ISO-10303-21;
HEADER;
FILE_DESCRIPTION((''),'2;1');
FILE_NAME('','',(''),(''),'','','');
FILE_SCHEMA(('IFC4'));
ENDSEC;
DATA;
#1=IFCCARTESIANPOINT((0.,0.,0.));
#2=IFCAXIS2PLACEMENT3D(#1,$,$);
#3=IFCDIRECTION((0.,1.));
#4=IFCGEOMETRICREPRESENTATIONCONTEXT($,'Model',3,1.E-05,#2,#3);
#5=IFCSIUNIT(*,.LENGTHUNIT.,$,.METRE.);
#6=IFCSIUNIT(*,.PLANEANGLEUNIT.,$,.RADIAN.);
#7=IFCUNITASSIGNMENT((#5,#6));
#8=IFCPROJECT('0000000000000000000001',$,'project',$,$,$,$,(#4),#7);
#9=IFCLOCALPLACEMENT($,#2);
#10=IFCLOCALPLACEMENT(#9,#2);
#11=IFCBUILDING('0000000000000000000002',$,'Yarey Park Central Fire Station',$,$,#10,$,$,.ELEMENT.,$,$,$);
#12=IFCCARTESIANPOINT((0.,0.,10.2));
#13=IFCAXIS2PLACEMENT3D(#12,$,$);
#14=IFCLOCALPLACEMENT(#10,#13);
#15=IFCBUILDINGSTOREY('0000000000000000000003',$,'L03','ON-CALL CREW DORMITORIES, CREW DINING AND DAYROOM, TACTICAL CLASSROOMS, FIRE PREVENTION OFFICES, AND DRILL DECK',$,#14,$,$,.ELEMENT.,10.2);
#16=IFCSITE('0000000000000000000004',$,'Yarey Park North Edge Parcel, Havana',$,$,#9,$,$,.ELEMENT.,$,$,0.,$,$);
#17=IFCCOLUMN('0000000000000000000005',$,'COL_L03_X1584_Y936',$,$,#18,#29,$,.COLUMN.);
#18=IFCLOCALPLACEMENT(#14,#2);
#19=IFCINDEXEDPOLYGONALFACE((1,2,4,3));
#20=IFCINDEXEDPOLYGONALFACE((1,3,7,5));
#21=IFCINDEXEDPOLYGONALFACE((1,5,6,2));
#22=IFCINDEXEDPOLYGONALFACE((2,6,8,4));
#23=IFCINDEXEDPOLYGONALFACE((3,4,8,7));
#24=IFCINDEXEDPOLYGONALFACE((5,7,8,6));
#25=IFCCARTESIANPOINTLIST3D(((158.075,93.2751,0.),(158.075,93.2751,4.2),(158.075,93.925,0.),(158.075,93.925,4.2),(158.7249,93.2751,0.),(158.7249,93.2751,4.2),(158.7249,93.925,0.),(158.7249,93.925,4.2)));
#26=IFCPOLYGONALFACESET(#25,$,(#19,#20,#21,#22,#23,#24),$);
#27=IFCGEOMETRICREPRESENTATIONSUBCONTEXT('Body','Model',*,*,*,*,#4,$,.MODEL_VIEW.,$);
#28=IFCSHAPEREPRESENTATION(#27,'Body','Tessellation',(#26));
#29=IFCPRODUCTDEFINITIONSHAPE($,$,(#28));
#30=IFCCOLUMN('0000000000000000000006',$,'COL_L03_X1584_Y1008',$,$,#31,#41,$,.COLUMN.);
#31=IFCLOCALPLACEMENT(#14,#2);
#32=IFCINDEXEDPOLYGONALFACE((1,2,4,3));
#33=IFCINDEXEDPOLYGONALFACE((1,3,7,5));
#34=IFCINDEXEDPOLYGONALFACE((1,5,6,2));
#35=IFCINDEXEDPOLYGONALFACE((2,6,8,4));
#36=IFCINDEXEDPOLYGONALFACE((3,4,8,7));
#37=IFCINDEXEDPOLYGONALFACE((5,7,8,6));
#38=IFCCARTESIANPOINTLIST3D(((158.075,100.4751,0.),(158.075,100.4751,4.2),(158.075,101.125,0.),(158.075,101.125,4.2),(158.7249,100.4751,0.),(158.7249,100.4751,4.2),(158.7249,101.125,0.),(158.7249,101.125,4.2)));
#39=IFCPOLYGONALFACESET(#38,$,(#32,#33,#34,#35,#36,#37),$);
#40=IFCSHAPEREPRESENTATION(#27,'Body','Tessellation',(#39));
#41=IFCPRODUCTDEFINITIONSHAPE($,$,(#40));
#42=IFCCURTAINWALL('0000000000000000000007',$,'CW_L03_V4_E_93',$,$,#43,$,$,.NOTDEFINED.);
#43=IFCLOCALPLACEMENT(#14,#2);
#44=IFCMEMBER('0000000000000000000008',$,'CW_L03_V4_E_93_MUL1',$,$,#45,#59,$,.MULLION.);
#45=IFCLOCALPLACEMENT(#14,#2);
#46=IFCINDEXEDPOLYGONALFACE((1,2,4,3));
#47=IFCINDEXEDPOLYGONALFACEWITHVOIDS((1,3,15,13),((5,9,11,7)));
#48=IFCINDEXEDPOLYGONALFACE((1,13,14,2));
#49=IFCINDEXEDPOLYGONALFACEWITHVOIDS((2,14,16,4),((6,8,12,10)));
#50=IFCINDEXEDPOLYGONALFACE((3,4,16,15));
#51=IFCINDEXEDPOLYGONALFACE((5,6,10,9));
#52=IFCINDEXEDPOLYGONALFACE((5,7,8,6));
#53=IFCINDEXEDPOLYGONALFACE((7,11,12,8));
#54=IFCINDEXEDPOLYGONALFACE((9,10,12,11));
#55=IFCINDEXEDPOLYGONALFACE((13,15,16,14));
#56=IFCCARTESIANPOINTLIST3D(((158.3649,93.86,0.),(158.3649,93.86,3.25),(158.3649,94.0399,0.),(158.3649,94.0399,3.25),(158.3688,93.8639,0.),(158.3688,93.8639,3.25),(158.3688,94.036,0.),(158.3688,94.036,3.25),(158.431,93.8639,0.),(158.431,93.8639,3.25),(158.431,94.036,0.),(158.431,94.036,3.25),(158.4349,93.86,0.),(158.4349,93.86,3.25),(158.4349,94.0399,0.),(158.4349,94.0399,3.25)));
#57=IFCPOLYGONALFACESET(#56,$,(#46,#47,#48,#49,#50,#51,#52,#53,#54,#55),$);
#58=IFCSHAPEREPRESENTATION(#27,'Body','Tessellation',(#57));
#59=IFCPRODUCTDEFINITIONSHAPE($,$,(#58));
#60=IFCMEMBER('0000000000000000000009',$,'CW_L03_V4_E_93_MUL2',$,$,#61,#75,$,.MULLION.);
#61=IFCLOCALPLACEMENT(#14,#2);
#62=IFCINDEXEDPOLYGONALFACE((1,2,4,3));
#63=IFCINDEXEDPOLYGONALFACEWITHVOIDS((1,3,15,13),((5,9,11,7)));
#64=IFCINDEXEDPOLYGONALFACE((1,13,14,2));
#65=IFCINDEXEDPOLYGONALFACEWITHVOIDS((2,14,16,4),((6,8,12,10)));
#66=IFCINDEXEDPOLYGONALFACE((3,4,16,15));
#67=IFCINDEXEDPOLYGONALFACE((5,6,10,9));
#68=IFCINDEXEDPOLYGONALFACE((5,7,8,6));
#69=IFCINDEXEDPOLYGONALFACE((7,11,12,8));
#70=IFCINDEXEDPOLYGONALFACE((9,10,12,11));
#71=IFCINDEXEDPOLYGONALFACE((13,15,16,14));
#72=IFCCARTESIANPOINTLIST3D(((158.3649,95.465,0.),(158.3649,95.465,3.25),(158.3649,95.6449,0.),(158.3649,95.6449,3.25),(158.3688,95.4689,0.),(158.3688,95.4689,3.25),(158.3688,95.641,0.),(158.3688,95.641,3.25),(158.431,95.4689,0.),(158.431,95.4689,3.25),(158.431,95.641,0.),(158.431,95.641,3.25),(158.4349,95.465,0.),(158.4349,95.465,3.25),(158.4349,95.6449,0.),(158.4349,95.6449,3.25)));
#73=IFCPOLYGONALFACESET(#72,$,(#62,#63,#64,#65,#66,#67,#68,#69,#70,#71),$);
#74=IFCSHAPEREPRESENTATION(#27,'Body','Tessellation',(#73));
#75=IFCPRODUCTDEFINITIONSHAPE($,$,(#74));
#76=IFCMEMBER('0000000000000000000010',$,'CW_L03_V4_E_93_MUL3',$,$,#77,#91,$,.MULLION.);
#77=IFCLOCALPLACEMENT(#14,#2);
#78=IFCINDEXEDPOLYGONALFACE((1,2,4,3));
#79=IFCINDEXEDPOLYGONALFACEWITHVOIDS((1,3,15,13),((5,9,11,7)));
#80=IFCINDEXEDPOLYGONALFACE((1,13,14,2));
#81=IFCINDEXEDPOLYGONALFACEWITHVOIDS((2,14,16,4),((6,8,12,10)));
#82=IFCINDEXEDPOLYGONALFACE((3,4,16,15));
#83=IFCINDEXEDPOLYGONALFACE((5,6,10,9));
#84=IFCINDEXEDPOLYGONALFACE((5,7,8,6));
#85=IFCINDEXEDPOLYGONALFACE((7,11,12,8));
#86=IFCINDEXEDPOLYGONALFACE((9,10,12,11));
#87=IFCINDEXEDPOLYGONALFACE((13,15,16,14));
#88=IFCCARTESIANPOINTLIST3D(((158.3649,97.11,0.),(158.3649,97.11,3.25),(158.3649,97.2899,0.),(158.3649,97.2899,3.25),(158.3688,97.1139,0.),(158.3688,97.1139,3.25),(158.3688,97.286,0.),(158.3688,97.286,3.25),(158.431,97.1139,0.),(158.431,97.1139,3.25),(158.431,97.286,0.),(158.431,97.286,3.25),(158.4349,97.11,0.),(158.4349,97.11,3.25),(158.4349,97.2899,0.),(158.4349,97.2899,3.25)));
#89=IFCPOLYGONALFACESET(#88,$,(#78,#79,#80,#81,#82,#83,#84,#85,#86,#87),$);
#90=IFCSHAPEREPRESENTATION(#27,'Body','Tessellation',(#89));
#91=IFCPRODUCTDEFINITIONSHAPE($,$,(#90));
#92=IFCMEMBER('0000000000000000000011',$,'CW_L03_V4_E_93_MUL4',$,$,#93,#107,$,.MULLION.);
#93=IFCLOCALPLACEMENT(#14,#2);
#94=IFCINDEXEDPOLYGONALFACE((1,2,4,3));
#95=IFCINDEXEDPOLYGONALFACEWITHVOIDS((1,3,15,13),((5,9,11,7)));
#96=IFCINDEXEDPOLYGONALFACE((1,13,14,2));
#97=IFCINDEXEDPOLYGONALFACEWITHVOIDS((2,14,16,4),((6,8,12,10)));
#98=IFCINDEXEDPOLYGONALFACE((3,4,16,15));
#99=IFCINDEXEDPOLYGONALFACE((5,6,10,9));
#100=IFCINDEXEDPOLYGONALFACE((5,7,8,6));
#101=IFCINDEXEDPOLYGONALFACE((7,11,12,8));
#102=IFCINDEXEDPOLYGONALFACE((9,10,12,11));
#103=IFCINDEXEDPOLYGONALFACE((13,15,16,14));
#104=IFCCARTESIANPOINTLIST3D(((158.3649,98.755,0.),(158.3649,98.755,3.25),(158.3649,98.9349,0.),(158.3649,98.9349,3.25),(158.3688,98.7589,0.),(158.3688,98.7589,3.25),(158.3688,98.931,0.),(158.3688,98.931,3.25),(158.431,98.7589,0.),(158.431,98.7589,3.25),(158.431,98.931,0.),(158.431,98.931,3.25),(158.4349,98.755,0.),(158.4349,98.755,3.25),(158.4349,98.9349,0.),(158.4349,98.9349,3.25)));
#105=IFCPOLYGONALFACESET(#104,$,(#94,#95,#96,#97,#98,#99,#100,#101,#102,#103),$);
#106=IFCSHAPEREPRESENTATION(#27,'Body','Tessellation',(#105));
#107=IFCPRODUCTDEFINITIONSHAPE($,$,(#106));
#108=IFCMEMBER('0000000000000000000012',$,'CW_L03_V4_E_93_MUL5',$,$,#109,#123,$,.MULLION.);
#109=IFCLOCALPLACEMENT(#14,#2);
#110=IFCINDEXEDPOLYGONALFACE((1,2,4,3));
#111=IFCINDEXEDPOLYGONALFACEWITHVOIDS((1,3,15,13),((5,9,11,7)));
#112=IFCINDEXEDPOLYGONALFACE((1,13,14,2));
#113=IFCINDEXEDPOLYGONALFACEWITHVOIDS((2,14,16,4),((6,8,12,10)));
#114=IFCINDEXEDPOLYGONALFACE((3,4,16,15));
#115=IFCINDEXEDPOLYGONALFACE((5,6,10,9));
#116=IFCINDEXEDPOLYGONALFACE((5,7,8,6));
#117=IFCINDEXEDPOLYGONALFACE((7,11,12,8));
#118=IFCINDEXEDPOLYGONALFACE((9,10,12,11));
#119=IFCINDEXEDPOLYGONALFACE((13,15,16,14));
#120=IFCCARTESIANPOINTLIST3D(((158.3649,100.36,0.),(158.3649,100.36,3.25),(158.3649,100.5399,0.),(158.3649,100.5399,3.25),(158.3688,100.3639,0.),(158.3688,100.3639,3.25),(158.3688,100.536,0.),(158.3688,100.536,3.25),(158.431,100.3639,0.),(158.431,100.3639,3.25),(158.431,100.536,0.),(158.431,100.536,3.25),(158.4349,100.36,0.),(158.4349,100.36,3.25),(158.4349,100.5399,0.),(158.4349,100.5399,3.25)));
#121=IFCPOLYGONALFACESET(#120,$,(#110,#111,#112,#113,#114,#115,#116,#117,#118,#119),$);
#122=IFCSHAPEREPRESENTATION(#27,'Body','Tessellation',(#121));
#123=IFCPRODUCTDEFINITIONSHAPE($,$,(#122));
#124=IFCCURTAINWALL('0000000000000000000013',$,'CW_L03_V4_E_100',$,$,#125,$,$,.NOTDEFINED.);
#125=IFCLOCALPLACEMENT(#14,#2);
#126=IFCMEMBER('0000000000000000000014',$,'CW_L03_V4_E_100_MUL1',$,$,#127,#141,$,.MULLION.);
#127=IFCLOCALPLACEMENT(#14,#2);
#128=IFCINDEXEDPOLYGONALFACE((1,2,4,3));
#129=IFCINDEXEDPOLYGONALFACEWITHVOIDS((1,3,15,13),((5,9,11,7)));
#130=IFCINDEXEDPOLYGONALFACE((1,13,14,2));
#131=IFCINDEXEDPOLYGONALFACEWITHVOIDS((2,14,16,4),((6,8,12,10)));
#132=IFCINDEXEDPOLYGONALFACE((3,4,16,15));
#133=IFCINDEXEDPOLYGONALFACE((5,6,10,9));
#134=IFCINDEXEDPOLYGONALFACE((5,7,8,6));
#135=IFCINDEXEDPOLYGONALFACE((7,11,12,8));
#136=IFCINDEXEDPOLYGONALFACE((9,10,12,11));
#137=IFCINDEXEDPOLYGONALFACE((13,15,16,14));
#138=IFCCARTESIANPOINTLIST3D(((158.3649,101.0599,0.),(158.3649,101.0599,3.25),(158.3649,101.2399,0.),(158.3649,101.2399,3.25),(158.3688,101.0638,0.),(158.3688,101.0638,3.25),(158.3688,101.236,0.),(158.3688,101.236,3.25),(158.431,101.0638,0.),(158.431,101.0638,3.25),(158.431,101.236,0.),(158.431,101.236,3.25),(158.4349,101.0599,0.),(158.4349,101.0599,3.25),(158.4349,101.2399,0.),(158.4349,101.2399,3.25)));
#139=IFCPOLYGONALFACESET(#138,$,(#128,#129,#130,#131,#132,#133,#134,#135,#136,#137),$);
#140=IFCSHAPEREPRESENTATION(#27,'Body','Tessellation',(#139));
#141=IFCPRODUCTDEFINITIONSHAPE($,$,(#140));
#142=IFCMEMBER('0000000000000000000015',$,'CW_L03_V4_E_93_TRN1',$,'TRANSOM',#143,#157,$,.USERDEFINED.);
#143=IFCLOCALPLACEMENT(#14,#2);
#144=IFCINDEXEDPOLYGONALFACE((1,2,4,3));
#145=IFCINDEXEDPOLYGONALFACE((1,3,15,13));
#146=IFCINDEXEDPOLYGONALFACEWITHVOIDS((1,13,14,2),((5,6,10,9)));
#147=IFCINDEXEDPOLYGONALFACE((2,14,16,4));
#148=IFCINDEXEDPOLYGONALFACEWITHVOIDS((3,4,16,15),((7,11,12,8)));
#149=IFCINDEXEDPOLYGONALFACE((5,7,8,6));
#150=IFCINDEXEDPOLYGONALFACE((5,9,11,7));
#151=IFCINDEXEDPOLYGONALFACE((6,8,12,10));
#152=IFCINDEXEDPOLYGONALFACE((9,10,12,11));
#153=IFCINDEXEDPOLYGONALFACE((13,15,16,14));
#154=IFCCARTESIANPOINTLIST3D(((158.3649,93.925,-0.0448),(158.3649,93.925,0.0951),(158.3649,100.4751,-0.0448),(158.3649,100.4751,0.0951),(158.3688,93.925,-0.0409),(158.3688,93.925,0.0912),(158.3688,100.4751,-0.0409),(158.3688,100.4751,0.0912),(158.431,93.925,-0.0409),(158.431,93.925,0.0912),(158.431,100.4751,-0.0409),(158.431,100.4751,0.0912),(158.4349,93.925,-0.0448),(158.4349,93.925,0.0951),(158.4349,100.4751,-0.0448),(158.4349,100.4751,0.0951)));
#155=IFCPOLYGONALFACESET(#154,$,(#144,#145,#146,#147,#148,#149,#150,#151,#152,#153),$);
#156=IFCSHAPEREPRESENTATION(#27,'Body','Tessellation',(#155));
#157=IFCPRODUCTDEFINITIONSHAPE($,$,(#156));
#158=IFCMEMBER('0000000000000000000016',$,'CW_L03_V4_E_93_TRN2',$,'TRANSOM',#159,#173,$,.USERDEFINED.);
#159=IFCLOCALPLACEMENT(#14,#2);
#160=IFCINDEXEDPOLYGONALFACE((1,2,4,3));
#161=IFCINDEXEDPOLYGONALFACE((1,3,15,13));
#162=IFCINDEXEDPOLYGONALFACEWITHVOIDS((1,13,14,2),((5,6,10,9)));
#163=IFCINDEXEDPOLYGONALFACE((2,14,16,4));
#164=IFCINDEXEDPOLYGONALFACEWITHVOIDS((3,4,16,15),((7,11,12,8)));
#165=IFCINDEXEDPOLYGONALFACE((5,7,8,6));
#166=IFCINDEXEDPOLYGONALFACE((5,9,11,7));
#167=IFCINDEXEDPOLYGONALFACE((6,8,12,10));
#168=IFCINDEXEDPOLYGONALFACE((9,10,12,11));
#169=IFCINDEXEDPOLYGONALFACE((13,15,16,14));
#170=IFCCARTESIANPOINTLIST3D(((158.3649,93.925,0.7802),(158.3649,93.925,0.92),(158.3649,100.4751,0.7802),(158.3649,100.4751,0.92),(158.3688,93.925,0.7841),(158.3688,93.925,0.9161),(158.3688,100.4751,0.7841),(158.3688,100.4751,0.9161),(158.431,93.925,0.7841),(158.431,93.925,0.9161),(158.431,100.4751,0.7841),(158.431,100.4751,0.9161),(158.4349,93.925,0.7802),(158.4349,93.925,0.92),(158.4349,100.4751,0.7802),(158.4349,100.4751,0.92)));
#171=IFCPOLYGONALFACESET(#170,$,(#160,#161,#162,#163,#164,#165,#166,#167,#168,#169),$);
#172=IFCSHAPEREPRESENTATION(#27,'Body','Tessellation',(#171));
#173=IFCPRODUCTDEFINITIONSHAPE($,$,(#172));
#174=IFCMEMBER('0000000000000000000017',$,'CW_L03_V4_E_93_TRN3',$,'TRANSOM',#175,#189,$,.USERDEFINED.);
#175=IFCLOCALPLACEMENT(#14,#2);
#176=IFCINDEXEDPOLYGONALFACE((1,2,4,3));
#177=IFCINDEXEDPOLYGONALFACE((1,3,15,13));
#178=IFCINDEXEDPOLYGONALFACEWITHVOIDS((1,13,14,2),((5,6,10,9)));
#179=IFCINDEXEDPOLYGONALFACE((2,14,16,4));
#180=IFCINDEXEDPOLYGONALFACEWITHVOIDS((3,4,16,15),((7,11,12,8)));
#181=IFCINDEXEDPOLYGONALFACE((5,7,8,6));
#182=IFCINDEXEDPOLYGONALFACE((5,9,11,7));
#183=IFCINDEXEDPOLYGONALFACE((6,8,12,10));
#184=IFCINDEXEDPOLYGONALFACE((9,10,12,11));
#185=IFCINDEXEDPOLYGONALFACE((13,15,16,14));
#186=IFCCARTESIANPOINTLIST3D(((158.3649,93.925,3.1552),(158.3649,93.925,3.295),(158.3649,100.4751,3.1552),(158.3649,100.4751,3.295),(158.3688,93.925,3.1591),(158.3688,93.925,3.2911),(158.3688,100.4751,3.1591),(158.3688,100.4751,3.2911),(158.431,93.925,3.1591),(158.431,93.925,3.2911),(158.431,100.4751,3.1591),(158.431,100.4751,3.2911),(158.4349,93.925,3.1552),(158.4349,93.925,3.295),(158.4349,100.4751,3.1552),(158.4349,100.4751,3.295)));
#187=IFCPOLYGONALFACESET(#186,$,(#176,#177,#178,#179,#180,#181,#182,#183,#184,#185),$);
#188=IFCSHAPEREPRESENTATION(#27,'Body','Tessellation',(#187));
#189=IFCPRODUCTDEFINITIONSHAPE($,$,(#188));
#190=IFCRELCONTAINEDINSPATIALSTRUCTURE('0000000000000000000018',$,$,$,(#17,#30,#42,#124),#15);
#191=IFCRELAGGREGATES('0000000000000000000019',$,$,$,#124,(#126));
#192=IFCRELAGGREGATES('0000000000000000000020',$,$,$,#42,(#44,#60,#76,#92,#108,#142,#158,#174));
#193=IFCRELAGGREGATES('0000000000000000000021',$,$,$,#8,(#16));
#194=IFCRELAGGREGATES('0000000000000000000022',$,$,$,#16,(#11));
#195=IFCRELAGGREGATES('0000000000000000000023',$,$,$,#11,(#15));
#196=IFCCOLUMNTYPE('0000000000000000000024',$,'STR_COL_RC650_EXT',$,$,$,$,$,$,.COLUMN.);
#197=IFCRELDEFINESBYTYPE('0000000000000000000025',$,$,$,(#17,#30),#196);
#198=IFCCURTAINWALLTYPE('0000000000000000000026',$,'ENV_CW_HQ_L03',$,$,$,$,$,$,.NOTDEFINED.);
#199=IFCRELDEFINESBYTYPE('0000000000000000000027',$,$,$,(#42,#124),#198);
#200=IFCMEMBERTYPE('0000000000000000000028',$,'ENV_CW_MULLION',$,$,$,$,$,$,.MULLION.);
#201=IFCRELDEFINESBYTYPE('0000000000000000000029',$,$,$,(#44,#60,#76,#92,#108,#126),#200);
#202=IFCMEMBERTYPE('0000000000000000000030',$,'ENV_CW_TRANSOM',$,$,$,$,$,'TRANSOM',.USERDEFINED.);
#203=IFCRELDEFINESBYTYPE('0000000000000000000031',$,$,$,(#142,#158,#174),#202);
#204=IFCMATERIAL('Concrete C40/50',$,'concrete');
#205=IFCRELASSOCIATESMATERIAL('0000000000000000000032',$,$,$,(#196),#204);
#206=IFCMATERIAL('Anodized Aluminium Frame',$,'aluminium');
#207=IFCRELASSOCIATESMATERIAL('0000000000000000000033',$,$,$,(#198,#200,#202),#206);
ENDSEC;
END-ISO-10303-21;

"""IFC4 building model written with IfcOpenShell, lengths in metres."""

from ifc_helpers import new_model, si_unit, direction, frame, origin, origin_2d, place, context, subcontext, project, spatial, rectangle, hollow_rectangle, extrude, material, material_profile, profile_set, type_object, element, aggregate, save


model = new_model("IFC4")

# Units and contexts
model_context = context("Model", 3, precision=1e-05, world=origin(), true_north=direction((0.0, 1.0)))
body_context = subcontext(model_context, "Body", "Model", "MODEL_VIEW")
ifc_project = project(units=[si_unit("LENGTHUNIT", "METRE"), si_unit("PLANEANGLEUNIT", "RADIAN")], contexts=[model_context])

# Site, building, storey
site_placement = place(None, origin())
site = spatial("IfcSite", under=ifc_project, at=site_placement, Name="Yarey Park North Edge Parcel, Havana", CompositionType="ELEMENT", RefElevation=0.0)
building_placement = place(site_placement, origin())
building = spatial("IfcBuilding", under=site, at=building_placement, Name="Yarey Park Central Fire Station", CompositionType="ELEMENT")
storey_placement = place(building_placement, frame((0.0, 0.0, 10.2)))
storey = spatial("IfcBuildingStorey", under=building, at=storey_placement, Name="L03", Description="ON-CALL CREW DORMITORIES, CREW DINING AND DAYROOM, TACTICAL CLASSROOMS, FIRE PREVENTION OFFICES, AND DRILL DECK", CompositionType="ELEMENT", Elevation=10.2)

# Columns
ifc_material_1 = material(Name="Concrete C40/50", Category="concrete")
ifc_material_profile_1 = material_profile(ifc_material_1, rectangle(XDim=0.6499, YDim=0.6499, at=origin_2d()), Name="RC 650x650")
ifc_profile_set_1 = profile_set([ifc_material_profile_1], Name="Concrete C40/50")
column_type = type_object("IfcColumnType", Name="STR_COL_RC650_EXT", PredefinedType="COLUMN", material=ifc_profile_set_1)
for number, where, z_axis, x_axis, name in (
    (1, (158.3999, 93.6001, 0.0), (0.0, 0.0, 1.0), (1.0, 0.0, 0.0), "COL_L03_X1584_Y936"),
    (2, (158.3999, 100.8, 0.0), (0.0, 0.0, 1.0), (1.0, 0.0, 0.0), "COL_L03_X1584_Y1008"),
):
    element("IfcColumn", number, at=place(storey_placement, frame(where, z_axis=z_axis, x_axis=x_axis)), inside=storey, type_object=column_type, Name=name, PredefinedType="COLUMN", context=body_context, shape_type="SweptSolid", body=[
        extrude(rectangle(XDim=0.6499, YDim=0.6499, at=origin_2d()), origin(), (0.0, 0.0, 1.0), 4.2),
    ])

# Curtain wall, members
ifc_material_2 = material(Name="Anodized Aluminium Frame", Category="aluminium")
curtain_wall_type = type_object("IfcCurtainWallType", Name="ENV_CW_HQ_L03", PredefinedType="NOTDEFINED", material=ifc_material_2)
curtain_wall_1_placement = place(storey_placement, origin())
curtain_wall_1 = element("IfcCurtainWall", 3, at=curtain_wall_1_placement, inside=storey, type_object=curtain_wall_type, Name="CW_L03_V4_E_93", PredefinedType="NOTDEFINED")
ifc_material_profile_2 = material_profile(ifc_material_2, hollow_rectangle(XDim=0.0701, YDim=0.1799, WallThickness=0.0039, at=origin_2d()), Name="ALU 180x70x4")
ifc_profile_set_2 = profile_set([ifc_material_profile_2], Name="Anodized Aluminium Frame")
member_type_1 = type_object("IfcMemberType", Name="ENV_CW_MULLION", PredefinedType="MULLION", material=ifc_profile_set_2)
member_1_placement = place(storey_placement, frame((158.3999, 93.95, 0.0), z_axis=(0.0, 0.0, 1.0), x_axis=(1.0, 0.0, 0.0)))
member_1 = element("IfcMember", 4, at=member_1_placement, type_object=member_type_1, Name="CW_L03_V4_E_93_MUL1", PredefinedType="MULLION", context=body_context, shape_type="SweptSolid", body=[
    extrude(hollow_rectangle(XDim=0.0701, YDim=0.1799, WallThickness=0.0039, at=origin_2d()), origin(), (0.0, 0.0, 1.0), 3.25),
])
member_2_placement = place(storey_placement, frame((158.3999, 95.5549, 0.0), z_axis=(0.0, 0.0, 1.0), x_axis=(1.0, 0.0, 0.0)))
member_2 = element("IfcMember", 5, at=member_2_placement, type_object=member_type_1, Name="CW_L03_V4_E_93_MUL2", PredefinedType="MULLION", context=body_context, shape_type="SweptSolid", body=[
    extrude(hollow_rectangle(XDim=0.0701, YDim=0.1799, WallThickness=0.0039, at=origin_2d()), origin(), (0.0, 0.0, 1.0), 3.25),
])
member_3_placement = place(storey_placement, frame((158.3999, 97.2, 0.0), z_axis=(0.0, 0.0, 1.0), x_axis=(1.0, 0.0, 0.0)))
member_3 = element("IfcMember", 6, at=member_3_placement, type_object=member_type_1, Name="CW_L03_V4_E_93_MUL3", PredefinedType="MULLION", context=body_context, shape_type="SweptSolid", body=[
    extrude(hollow_rectangle(XDim=0.0701, YDim=0.1799, WallThickness=0.0039, at=origin_2d()), origin(), (0.0, 0.0, 1.0), 3.25),
])
member_4_placement = place(storey_placement, frame((158.3999, 98.845, 0.0), z_axis=(0.0, 0.0, 1.0), x_axis=(1.0, 0.0, 0.0)))
member_4 = element("IfcMember", 7, at=member_4_placement, type_object=member_type_1, Name="CW_L03_V4_E_93_MUL4", PredefinedType="MULLION", context=body_context, shape_type="SweptSolid", body=[
    extrude(hollow_rectangle(XDim=0.0701, YDim=0.1799, WallThickness=0.0039, at=origin_2d()), origin(), (0.0, 0.0, 1.0), 3.25),
])
member_5_placement = place(storey_placement, frame((158.3999, 100.45, 0.0), z_axis=(0.0, 0.0, 1.0), x_axis=(1.0, 0.0, 0.0)))
member_5 = element("IfcMember", 8, at=member_5_placement, type_object=member_type_1, Name="CW_L03_V4_E_93_MUL5", PredefinedType="MULLION", context=body_context, shape_type="SweptSolid", body=[
    extrude(hollow_rectangle(XDim=0.0701, YDim=0.1799, WallThickness=0.0039, at=origin_2d()), origin(), (0.0, 0.0, 1.0), 3.25),
])

# Curtain wall, member
curtain_wall_2_placement = place(storey_placement, origin())
curtain_wall_2 = element("IfcCurtainWall", 9, at=curtain_wall_2_placement, inside=storey, type_object=curtain_wall_type, Name="CW_L03_V4_E_100", PredefinedType="NOTDEFINED")
member_6_placement = place(storey_placement, frame((158.3999, 101.1499, 0.0), z_axis=(0.0, 0.0, 1.0), x_axis=(1.0, 0.0, 0.0)))
member_6 = element("IfcMember", 10, at=member_6_placement, type_object=member_type_1, Name="CW_L03_V4_E_100_MUL1", PredefinedType="MULLION", context=body_context, shape_type="SweptSolid", body=[
    extrude(hollow_rectangle(XDim=0.0701, YDim=0.1799, WallThickness=0.0039, at=origin_2d()), origin(), (0.0, 0.0, 1.0), 3.25),
])

# Members
ifc_material_profile_3 = material_profile(ifc_material_2, hollow_rectangle(XDim=0.0701, YDim=0.1399, WallThickness=0.0039, at=origin_2d()), Name="ALU 140x70x4")
ifc_profile_set_3 = profile_set([ifc_material_profile_3], Name="Anodized Aluminium Frame")
member_type_2 = type_object("IfcMemberType", Name="ENV_CW_TRANSOM", ElementType="TRANSOM", PredefinedType="USERDEFINED", material=ifc_profile_set_3)
member_7_placement = place(storey_placement, frame((158.3999, 93.925, 0.0251), z_axis=(0.0, 1.0, 0.0), x_axis=(-1.0, 0.0, 0.0)))
member_7 = element("IfcMember", 11, at=member_7_placement, type_object=member_type_2, Name="CW_L03_V4_E_93_TRN1", ObjectType="TRANSOM", PredefinedType="USERDEFINED", context=body_context, shape_type="SweptSolid", body=[
    extrude(hollow_rectangle(XDim=0.0701, YDim=0.1399, WallThickness=0.0039, at=origin_2d()), origin(), (0.0, 0.0, 1.0), 6.55),
])
member_8_placement = place(storey_placement, frame((158.3999, 93.925, 0.8501), z_axis=(0.0, 1.0, 0.0), x_axis=(-1.0, 0.0, 0.0)))
member_8 = element("IfcMember", 12, at=member_8_placement, type_object=member_type_2, Name="CW_L03_V4_E_93_TRN2", ObjectType="TRANSOM", PredefinedType="USERDEFINED", context=body_context, shape_type="SweptSolid", body=[
    extrude(hollow_rectangle(XDim=0.0701, YDim=0.1399, WallThickness=0.0039, at=origin_2d()), origin(), (0.0, 0.0, 1.0), 6.55),
])
member_9_placement = place(storey_placement, frame((158.3999, 93.925, 3.2251), z_axis=(0.0, 1.0, 0.0), x_axis=(-1.0, 0.0, 0.0)))
member_9 = element("IfcMember", 13, at=member_9_placement, type_object=member_type_2, Name="CW_L03_V4_E_93_TRN3", ObjectType="TRANSOM", PredefinedType="USERDEFINED", context=body_context, shape_type="SweptSolid", body=[
    extrude(hollow_rectangle(XDim=0.0701, YDim=0.1399, WallThickness=0.0039, at=origin_2d()), origin(), (0.0, 0.0, 1.0), 6.55),
])

aggregate(curtain_wall_2, [member_6])
aggregate(curtain_wall_1, [member_1, member_2, member_3, member_4, member_5, member_7, member_8, member_9])

save(model, "model.ifc")
